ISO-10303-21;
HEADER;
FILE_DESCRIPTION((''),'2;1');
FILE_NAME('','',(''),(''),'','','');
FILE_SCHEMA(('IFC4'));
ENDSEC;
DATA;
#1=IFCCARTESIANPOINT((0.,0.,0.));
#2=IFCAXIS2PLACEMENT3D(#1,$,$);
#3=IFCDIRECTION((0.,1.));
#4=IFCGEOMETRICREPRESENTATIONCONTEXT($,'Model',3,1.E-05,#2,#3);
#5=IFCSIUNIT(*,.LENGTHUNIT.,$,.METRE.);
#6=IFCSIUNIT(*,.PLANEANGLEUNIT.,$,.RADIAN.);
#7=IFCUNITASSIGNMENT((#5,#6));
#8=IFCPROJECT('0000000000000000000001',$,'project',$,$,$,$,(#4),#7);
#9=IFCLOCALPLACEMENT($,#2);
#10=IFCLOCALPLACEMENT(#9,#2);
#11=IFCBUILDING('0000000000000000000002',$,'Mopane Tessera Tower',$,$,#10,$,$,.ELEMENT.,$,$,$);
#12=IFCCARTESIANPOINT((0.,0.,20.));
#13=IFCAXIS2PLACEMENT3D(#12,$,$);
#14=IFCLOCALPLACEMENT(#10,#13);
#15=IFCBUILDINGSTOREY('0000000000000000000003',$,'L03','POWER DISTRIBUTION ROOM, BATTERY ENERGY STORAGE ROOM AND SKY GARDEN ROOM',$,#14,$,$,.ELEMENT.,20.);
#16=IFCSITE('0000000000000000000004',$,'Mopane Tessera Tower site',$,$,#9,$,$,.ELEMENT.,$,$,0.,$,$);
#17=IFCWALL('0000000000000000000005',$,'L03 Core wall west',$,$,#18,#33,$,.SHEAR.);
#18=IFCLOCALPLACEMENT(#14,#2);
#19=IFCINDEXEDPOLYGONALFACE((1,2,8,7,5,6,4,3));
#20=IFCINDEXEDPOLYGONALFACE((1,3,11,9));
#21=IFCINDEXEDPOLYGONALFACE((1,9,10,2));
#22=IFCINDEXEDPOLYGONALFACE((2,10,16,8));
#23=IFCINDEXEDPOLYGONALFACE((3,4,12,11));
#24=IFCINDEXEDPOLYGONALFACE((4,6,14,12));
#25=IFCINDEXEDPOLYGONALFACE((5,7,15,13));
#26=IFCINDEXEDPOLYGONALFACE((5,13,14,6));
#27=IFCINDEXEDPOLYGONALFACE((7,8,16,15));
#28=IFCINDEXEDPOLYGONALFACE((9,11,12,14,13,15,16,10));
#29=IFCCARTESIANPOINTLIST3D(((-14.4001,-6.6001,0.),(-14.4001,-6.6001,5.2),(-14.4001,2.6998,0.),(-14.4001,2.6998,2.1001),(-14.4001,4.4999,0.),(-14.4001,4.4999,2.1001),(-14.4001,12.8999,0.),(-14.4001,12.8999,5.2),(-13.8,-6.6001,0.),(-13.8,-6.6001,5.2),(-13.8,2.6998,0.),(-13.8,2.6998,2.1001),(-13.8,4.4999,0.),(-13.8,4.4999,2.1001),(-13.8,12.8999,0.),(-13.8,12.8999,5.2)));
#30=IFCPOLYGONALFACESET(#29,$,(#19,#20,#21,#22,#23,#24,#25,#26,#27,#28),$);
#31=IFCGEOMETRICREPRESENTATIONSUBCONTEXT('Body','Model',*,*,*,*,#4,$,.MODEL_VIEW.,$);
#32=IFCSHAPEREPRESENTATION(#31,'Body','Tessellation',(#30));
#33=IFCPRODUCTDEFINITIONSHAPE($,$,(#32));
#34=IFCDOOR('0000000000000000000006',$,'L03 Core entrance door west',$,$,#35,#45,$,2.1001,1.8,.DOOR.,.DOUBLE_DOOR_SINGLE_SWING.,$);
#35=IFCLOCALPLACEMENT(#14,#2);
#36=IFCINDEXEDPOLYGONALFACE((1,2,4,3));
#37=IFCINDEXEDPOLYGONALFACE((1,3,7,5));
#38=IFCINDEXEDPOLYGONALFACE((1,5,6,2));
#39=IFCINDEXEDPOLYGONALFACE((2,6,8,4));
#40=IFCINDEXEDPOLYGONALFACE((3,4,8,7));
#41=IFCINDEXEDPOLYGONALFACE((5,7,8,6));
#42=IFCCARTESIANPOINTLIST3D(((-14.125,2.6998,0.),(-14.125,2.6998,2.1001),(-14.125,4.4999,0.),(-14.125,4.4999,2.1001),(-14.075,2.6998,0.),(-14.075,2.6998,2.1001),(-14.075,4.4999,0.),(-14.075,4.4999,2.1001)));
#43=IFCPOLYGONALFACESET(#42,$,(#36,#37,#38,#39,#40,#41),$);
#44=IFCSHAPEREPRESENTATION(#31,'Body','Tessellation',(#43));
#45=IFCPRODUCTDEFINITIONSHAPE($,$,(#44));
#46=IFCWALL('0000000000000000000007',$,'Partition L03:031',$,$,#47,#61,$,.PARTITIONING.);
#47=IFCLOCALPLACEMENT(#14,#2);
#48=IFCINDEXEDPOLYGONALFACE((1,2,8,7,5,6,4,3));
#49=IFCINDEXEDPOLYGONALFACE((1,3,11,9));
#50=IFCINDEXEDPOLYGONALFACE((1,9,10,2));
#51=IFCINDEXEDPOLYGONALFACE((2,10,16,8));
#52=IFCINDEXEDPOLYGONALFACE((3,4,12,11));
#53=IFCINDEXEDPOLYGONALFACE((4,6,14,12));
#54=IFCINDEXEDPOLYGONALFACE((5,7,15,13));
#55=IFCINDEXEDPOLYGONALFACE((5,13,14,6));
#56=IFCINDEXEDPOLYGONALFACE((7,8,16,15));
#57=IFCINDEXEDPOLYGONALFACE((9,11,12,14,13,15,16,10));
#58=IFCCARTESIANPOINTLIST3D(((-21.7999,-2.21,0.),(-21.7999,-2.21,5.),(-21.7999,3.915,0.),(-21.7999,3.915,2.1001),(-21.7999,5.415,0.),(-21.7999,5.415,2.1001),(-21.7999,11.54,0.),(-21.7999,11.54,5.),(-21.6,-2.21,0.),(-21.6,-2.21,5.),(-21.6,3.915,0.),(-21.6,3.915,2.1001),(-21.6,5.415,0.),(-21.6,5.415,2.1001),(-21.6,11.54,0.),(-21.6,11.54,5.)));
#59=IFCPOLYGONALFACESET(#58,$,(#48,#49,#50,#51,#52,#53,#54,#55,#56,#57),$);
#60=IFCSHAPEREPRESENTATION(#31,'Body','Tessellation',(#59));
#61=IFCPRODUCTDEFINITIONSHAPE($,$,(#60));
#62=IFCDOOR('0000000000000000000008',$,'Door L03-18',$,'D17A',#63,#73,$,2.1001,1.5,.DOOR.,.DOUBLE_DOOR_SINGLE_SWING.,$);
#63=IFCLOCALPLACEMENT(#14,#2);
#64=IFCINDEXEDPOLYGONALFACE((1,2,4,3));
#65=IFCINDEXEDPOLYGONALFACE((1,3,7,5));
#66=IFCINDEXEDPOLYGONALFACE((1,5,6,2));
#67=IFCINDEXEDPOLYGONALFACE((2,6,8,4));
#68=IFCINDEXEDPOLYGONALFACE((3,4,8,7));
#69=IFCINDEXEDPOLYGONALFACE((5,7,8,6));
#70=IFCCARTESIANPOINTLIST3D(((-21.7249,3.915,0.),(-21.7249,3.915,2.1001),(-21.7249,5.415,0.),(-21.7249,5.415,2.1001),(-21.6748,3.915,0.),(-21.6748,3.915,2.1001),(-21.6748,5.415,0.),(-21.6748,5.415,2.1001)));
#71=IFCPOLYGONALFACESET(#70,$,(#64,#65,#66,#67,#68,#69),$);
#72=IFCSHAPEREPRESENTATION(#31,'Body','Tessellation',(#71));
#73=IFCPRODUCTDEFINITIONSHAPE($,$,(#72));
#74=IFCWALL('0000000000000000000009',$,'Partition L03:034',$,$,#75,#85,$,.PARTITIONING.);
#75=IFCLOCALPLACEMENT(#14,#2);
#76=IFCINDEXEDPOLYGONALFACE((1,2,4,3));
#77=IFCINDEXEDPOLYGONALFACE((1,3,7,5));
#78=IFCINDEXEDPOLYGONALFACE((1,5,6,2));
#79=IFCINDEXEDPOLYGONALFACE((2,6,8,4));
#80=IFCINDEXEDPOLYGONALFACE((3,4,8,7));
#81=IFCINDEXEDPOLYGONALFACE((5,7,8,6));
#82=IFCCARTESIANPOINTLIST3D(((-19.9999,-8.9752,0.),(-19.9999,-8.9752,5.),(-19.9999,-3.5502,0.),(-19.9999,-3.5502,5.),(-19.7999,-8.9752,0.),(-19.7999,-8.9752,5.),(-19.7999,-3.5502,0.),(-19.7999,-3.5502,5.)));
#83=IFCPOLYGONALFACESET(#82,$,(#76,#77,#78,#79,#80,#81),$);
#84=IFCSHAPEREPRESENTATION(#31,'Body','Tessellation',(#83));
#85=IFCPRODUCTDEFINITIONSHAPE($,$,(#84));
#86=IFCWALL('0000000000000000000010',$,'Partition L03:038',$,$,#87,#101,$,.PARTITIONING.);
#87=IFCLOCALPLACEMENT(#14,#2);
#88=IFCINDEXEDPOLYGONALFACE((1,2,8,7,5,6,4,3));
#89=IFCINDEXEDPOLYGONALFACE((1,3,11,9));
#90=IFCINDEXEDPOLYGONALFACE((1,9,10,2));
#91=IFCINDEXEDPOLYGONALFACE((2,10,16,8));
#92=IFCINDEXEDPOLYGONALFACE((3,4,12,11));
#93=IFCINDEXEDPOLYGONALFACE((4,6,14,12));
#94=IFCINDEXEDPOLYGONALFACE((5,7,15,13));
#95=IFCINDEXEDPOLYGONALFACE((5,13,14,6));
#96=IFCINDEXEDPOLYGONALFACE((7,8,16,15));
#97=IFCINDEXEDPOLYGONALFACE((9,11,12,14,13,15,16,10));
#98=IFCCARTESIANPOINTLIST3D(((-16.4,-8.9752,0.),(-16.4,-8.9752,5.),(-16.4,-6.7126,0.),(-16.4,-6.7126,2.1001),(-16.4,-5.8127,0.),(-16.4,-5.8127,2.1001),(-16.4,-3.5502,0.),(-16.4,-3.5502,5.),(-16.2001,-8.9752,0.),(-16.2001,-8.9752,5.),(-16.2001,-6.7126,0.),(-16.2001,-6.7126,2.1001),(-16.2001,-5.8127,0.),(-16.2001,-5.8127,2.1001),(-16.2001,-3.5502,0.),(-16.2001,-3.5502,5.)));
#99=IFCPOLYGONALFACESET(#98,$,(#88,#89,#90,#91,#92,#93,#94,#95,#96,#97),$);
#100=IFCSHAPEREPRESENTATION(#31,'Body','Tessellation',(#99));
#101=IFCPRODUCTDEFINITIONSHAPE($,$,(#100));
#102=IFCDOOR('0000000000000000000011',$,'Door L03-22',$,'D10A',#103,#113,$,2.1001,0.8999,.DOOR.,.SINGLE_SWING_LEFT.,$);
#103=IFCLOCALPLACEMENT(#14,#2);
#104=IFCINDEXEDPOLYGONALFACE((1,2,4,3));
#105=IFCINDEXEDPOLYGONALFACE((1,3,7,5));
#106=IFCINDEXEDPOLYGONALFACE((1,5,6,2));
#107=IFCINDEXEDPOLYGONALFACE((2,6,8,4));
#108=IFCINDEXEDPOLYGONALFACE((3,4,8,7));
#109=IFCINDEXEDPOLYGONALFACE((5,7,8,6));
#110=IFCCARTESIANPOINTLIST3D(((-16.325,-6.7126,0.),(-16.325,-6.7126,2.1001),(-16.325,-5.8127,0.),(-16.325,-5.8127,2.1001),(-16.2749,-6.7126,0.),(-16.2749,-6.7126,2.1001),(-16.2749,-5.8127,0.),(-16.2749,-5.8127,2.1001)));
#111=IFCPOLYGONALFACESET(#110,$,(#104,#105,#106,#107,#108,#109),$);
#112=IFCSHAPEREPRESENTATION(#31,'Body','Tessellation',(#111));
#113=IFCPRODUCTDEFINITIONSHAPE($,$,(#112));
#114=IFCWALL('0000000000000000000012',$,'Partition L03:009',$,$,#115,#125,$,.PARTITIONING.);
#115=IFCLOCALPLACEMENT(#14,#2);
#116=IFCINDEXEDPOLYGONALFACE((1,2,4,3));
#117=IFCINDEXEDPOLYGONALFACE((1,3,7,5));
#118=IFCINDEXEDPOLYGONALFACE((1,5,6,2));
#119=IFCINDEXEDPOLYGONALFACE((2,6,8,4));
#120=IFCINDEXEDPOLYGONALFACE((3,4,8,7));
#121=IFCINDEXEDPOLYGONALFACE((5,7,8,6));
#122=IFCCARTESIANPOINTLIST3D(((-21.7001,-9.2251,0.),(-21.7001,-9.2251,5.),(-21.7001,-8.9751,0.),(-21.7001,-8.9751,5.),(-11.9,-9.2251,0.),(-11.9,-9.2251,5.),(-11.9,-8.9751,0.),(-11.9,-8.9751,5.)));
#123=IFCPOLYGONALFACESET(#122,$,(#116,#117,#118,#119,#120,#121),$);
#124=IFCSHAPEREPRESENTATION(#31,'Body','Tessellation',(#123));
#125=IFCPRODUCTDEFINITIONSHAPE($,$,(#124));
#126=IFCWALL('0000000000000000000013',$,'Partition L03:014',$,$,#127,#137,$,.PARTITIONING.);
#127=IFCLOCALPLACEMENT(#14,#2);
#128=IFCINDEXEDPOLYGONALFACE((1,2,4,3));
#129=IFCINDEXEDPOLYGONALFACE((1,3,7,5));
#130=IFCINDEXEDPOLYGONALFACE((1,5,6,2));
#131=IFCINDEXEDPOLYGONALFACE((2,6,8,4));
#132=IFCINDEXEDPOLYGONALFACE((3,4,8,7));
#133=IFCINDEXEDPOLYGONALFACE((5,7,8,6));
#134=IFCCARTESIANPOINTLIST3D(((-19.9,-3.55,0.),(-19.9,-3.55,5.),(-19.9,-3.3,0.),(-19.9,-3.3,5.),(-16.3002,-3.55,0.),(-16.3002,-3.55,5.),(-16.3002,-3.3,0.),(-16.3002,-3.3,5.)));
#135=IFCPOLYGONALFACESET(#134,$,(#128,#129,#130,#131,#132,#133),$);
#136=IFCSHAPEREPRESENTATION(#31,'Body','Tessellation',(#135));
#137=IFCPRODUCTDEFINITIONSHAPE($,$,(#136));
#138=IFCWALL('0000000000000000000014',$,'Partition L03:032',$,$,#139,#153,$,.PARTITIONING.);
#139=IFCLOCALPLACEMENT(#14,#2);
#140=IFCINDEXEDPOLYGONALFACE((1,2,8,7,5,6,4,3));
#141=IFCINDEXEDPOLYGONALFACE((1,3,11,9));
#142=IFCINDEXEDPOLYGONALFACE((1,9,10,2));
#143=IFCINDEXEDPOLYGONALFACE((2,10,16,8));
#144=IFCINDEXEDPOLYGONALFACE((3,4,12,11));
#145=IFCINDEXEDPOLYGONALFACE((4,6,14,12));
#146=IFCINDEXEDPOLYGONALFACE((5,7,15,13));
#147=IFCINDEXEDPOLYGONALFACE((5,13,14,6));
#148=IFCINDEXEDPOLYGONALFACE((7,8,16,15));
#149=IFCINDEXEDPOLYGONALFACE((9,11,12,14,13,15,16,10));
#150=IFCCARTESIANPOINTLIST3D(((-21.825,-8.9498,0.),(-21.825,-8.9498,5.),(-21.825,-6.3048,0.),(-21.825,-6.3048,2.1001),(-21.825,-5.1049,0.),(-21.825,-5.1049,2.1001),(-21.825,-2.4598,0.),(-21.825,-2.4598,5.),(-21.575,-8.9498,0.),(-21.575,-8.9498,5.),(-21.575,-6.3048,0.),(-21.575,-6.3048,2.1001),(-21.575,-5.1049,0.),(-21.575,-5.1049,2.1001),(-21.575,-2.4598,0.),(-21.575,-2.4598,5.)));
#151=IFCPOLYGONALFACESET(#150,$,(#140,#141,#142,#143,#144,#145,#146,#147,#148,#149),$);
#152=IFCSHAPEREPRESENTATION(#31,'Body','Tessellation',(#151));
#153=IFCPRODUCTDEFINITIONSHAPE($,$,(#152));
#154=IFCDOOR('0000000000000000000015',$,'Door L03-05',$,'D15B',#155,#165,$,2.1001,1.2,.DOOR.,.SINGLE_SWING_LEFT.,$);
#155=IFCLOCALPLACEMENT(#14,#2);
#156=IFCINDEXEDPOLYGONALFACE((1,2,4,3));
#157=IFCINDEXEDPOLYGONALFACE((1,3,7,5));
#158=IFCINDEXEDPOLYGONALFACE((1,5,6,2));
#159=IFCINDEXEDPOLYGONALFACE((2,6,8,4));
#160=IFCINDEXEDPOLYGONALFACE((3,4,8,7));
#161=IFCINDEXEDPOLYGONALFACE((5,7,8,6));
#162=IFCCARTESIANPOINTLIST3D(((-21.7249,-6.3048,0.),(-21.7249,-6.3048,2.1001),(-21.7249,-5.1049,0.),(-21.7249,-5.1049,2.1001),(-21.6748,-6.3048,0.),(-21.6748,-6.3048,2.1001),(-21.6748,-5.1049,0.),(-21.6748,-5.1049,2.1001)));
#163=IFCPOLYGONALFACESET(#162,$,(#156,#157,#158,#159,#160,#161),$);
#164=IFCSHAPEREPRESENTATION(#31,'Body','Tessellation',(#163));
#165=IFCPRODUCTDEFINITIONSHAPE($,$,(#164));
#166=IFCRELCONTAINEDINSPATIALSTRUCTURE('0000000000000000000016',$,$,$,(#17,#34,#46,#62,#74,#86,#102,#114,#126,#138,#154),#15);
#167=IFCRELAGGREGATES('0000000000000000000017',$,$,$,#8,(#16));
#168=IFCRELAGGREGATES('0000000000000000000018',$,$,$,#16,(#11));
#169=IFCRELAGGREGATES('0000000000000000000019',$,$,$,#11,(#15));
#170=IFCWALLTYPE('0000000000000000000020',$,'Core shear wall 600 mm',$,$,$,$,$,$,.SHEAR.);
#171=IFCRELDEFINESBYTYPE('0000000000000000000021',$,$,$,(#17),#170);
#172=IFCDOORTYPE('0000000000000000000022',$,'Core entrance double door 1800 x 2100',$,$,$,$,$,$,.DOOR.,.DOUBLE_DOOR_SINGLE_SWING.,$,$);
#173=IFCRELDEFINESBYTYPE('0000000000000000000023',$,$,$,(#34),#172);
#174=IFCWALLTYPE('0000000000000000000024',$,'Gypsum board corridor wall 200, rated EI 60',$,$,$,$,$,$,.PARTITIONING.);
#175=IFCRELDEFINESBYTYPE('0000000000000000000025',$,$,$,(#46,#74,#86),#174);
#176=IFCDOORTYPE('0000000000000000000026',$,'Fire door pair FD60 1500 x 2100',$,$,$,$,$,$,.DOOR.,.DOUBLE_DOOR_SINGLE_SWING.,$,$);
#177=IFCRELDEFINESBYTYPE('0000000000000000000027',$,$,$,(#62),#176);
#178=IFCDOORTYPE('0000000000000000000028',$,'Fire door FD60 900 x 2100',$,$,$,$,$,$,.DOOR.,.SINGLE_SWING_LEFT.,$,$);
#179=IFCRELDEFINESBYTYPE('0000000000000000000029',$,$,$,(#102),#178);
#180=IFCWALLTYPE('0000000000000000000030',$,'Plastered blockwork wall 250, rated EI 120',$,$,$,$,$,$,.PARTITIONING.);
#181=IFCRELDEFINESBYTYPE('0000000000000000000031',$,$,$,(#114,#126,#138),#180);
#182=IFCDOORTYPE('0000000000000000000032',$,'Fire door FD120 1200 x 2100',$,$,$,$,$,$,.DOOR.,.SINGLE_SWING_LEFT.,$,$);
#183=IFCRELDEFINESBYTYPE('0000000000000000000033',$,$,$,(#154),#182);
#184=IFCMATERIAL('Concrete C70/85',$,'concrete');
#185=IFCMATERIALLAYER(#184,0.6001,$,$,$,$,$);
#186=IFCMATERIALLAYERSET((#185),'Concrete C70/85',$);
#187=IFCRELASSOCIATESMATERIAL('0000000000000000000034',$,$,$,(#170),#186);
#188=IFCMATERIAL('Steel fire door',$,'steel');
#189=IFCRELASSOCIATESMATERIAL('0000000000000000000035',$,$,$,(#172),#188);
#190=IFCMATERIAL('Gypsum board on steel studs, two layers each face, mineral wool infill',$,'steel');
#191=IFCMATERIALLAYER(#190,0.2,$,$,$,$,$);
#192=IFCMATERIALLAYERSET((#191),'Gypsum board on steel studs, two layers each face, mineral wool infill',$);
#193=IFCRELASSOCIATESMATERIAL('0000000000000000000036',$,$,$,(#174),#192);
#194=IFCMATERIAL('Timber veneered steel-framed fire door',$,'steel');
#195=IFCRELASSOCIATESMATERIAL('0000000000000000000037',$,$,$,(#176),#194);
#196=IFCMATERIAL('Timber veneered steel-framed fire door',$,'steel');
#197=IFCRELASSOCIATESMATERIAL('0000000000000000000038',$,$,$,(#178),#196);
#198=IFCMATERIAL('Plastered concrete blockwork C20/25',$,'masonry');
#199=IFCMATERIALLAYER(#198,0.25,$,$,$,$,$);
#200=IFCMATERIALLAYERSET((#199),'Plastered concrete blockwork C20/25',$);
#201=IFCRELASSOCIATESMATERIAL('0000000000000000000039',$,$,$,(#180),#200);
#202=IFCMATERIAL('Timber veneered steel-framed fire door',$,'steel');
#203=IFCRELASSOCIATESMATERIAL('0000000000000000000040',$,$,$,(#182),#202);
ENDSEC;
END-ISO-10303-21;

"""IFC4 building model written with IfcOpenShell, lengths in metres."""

from ifc_helpers import new_model, si_unit, direction, frame, frame_2d, origin, place, context, subcontext, project, spatial, rectangle, extrude, material, layer, layer_set, type_object, element, fill, save


model = new_model("IFC4")

# Units and contexts
model_context = context("Model", 3, precision=1e-05, world=origin(), true_north=direction((0.0, 1.0)))
body_context = subcontext(model_context, "Body", "Model", "MODEL_VIEW")
ifc_project = project(units=[si_unit("LENGTHUNIT", "METRE"), si_unit("PLANEANGLEUNIT", "RADIAN")], contexts=[model_context])

# Site, building, storey
site_placement = place(None, origin())
site = spatial("IfcSite", under=ifc_project, at=site_placement, Name="Mopane Tessera Tower site", CompositionType="ELEMENT", RefElevation=0.0)
building_placement = place(site_placement, origin())
building = spatial("IfcBuilding", under=site, at=building_placement, Name="Mopane Tessera Tower", CompositionType="ELEMENT")
storey_placement = place(building_placement, frame((0.0, 0.0, 20.0)))
storey = spatial("IfcBuildingStorey", under=building, at=storey_placement, Name="L03", Description="POWER DISTRIBUTION ROOM, BATTERY ENERGY STORAGE ROOM AND SKY GARDEN ROOM", CompositionType="ELEMENT", Elevation=20.0)

# Shared definitions
ifc_material_1 = material(Name="Concrete C70/85", Category="concrete")
ifc_layer_1 = layer(ifc_material_1, 0.6001)
ifc_layer_set_1 = layer_set([ifc_layer_1], Name="Concrete C70/85")
wall_type_1 = type_object("IfcWallType", Name="Core shear wall 600 mm", PredefinedType="SHEAR", material=ifc_layer_set_1)
ifc_material_2 = material(Name="Steel fire door", Category="steel")
door_type_1 = type_object("IfcDoorType", Name="Core entrance double door 1800 x 2100", OperationType="DOUBLE_DOOR_SINGLE_SWING", PredefinedType="DOOR", material=ifc_material_2)

# Walls, openings, doors
wall_1_placement = place(storey_placement, frame((-14.1001, -6.6001, 0.0), z_axis=(0.0, 0.0, 1.0), x_axis=(0.0, 1.0, 0.0)))
wall_1 = element("IfcWall", 1, at=wall_1_placement, inside=storey, type_object=wall_type_1, Name="L03 Core wall west", PredefinedType="SHEAR", context=body_context, shape_type="SweptSolid", body=[
    extrude(rectangle(XDim=19.5, YDim=0.6001, at=frame_2d((9.75, 0.0))), origin(), (0.0, 0.0, 1.0), 5.2),
])
opening_1_placement = place(wall_1_placement, frame((9.3, 0.0, 0.0)))
opening_1 = element("IfcOpeningElement", 2, at=opening_1_placement, cuts=wall_1, PredefinedType="OPENING", context=body_context, shape_type="SweptSolid", body=[
    extrude(rectangle(XDim=1.8, YDim=2.1001, at=frame_2d((0.8999, 1.05))), frame((0.0, 0.312, 0.0), z_axis=(0.0, -1.0, 0.0), x_axis=(1.0, 0.0, 0.0)), (0.0, 0.0, 1.0), 0.624),
])
door_1_placement = place(opening_1_placement, origin())
door_1 = element("IfcDoor", 3, at=door_1_placement, inside=storey, type_object=door_type_1, Name="L03 Core entrance door west", OperationType="DOUBLE_DOOR_SINGLE_SWING", OverallHeight=2.1001, OverallWidth=1.8, PredefinedType="DOOR", context=body_context, shape_type="SweptSolid", body=[
    extrude(rectangle(XDim=1.8, YDim=2.1001, at=frame_2d((0.8999, 1.05))), frame((0.0, 0.0249, 0.0), z_axis=(0.0, -1.0, 0.0), x_axis=(1.0, 0.0, 0.0)), (0.0, 0.0, 1.0), 0.05),
])
fill(opening_1, door_1)
ifc_material_3 = material(Name="Gypsum board on steel studs, two layers each face, mineral wool infill", Category="steel")
ifc_layer_2 = layer(ifc_material_3, 0.2)
ifc_layer_set_2 = layer_set([ifc_layer_2], Name="Gypsum board on steel studs, two layers each face, mineral wool infill")
wall_type_2 = type_object("IfcWallType", Name="Gypsum board corridor wall 200, rated EI 60", PredefinedType="PARTITIONING", material=ifc_layer_set_2)
wall_2_placement = place(storey_placement, frame((-21.7, -2.21, 0.0), z_axis=(0.0, 0.0, 1.0), x_axis=(0.0, 1.0, 0.0)))
wall_2 = element("IfcWall", 4, at=wall_2_placement, inside=storey, type_object=wall_type_2, Name="Partition L03:031", PredefinedType="PARTITIONING", context=body_context, shape_type="SweptSolid", body=[
    extrude(rectangle(XDim=13.75, YDim=0.2, at=frame_2d((6.875, 0.0))), origin(), (0.0, 0.0, 1.0), 5.0),
])
opening_2_placement = place(wall_2_placement, frame((6.125, 0.0, 0.0)))
opening_2 = element("IfcOpeningElement", 5, at=opening_2_placement, cuts=wall_2, PredefinedType="OPENING", context=body_context, shape_type="SweptSolid", body=[
    extrude(rectangle(XDim=1.5, YDim=2.1001, at=frame_2d((0.75, 1.05))), frame((0.0, 0.1121, 0.0), z_axis=(0.0, -1.0, 0.0), x_axis=(1.0, 0.0, 0.0)), (0.0, 0.0, 1.0), 0.2239),
])
ifc_material_4 = material(Name="Timber veneered steel-framed fire door", Category="steel")
door_type_2 = type_object("IfcDoorType", Name="Fire door pair FD60 1500 x 2100", OperationType="DOUBLE_DOOR_SINGLE_SWING", PredefinedType="DOOR", material=ifc_material_4)
door_2_placement = place(opening_2_placement, origin())
door_2 = element("IfcDoor", 6, at=door_2_placement, inside=storey, type_object=door_type_2, Name="Door L03-18", ObjectType="D17A", OperationType="DOUBLE_DOOR_SINGLE_SWING", OverallHeight=2.1001, OverallWidth=1.5, PredefinedType="DOOR", context=body_context, shape_type="SweptSolid", body=[
    extrude(rectangle(XDim=1.5, YDim=2.1001, at=frame_2d((0.75, 1.05))), frame((0.0, 0.0249, 0.0), z_axis=(0.0, -1.0, 0.0), x_axis=(1.0, 0.0, 0.0)), (0.0, 0.0, 1.0), 0.05),
])
fill(opening_2, door_2)

# Wall
wall_3_placement = place(storey_placement, frame((-19.8999, -8.9751, 0.0), z_axis=(0.0, 0.0, 1.0), x_axis=(0.0, 1.0, 0.0)))
element("IfcWall", 7, at=wall_3_placement, inside=storey, type_object=wall_type_2, Name="Partition L03:034", PredefinedType="PARTITIONING", context=body_context, shape_type="SweptSolid", body=[
    extrude(rectangle(XDim=5.425, YDim=0.2, at=frame_2d((2.7124, 0.0))), origin(), (0.0, 0.0, 1.0), 5.0),
])

# Wall, opening, door
wall_4_placement = place(storey_placement, frame((-16.3, -8.9751, 0.0), z_axis=(0.0, 0.0, 1.0), x_axis=(0.0, 1.0, 0.0)))
wall_4 = element("IfcWall", 8, at=wall_4_placement, inside=storey, type_object=wall_type_2, Name="Partition L03:038", PredefinedType="PARTITIONING", context=body_context, shape_type="SweptSolid", body=[
    extrude(rectangle(XDim=5.425, YDim=0.2, at=frame_2d((2.7124, 0.0))), origin(), (0.0, 0.0, 1.0), 5.0),
])
opening_3_placement = place(wall_4_placement, frame((2.2625, 0.0, 0.0)))
opening_3 = element("IfcOpeningElement", 9, at=opening_3_placement, cuts=wall_4, PredefinedType="OPENING", context=body_context, shape_type="SweptSolid", body=[
    extrude(rectangle(XDim=0.8999, YDim=2.1001, at=frame_2d((0.45, 1.05))), frame((0.0, 0.1121, 0.0), z_axis=(0.0, -1.0, 0.0), x_axis=(1.0, 0.0, 0.0)), (0.0, 0.0, 1.0), 0.2239),
])
ifc_material_5 = material(Name="Timber veneered steel-framed fire door", Category="steel")
door_type_3 = type_object("IfcDoorType", Name="Fire door FD60 900 x 2100", OperationType="SINGLE_SWING_LEFT", PredefinedType="DOOR", material=ifc_material_5)
door_3_placement = place(opening_3_placement, origin())
door_3 = element("IfcDoor", 10, at=door_3_placement, inside=storey, type_object=door_type_3, Name="Door L03-22", ObjectType="D10A", OperationType="SINGLE_SWING_LEFT", OverallHeight=2.1001, OverallWidth=0.8999, PredefinedType="DOOR", context=body_context, shape_type="SweptSolid", body=[
    extrude(rectangle(XDim=0.8999, YDim=2.1001, at=frame_2d((0.45, 1.05))), frame((0.0, 0.0249, 0.0), z_axis=(0.0, -1.0, 0.0), x_axis=(1.0, 0.0, 0.0)), (0.0, 0.0, 1.0), 0.05),
])
fill(opening_3, door_3)

# Walls
ifc_material_6 = material(Name="Plastered concrete blockwork C20/25", Category="masonry")
ifc_layer_3 = layer(ifc_material_6, 0.25)
ifc_layer_set_3 = layer_set([ifc_layer_3], Name="Plastered concrete blockwork C20/25")
wall_type_3 = type_object("IfcWallType", Name="Plastered blockwork wall 250, rated EI 120", PredefinedType="PARTITIONING", material=ifc_layer_set_3)
wall_5_placement = place(storey_placement, frame((-21.7, -9.1001, 0.0), z_axis=(0.0, 0.0, 1.0), x_axis=(1.0, 0.0, 0.0)))
element("IfcWall", 11, at=wall_5_placement, inside=storey, type_object=wall_type_3, Name="Partition L03:009", PredefinedType="PARTITIONING", context=body_context, shape_type="SweptSolid", body=[
    extrude(rectangle(XDim=9.8, YDim=0.25, at=frame_2d((4.8999, 0.0))), origin(), (0.0, 0.0, 1.0), 5.0),
])
wall_6_placement = place(storey_placement, frame((-19.8999, -3.425, 0.0), z_axis=(0.0, 0.0, 1.0), x_axis=(1.0, 0.0, 0.0)))
element("IfcWall", 12, at=wall_6_placement, inside=storey, type_object=wall_type_3, Name="Partition L03:014", PredefinedType="PARTITIONING", context=body_context, shape_type="SweptSolid", body=[
    extrude(rectangle(XDim=3.5999, YDim=0.25, at=frame_2d((1.7998, 0.0))), origin(), (0.0, 0.0, 1.0), 5.0),
])

# Wall, opening, door
wall_7_placement = place(storey_placement, frame((-21.7, -8.95, 0.0), z_axis=(0.0, 0.0, 1.0), x_axis=(0.0, 1.0, 0.0)))
wall_7 = element("IfcWall", 13, at=wall_7_placement, inside=storey, type_object=wall_type_3, Name="Partition L03:032", PredefinedType="PARTITIONING", context=body_context, shape_type="SweptSolid", body=[
    extrude(rectangle(XDim=6.49, YDim=0.25, at=frame_2d((3.2451, 0.0))), origin(), (0.0, 0.0, 1.0), 5.0),
])
opening_4_placement = place(wall_7_placement, frame((2.645, 0.0, 0.0)))
opening_4 = element("IfcOpeningElement", 14, at=opening_4_placement, cuts=wall_7, PredefinedType="OPENING", context=body_context, shape_type="SweptSolid", body=[
    extrude(rectangle(XDim=1.2, YDim=2.1001, at=frame_2d((0.6001, 1.05))), frame((0.0, 0.137, 0.0), z_axis=(0.0, -1.0, 0.0), x_axis=(1.0, 0.0, 0.0)), (0.0, 0.0, 1.0), 0.2739),
])
ifc_material_7 = material(Name="Timber veneered steel-framed fire door", Category="steel")
door_type_4 = type_object("IfcDoorType", Name="Fire door FD120 1200 x 2100", OperationType="SINGLE_SWING_LEFT", PredefinedType="DOOR", material=ifc_material_7)
door_4_placement = place(opening_4_placement, origin())
door_4 = element("IfcDoor", 15, at=door_4_placement, inside=storey, type_object=door_type_4, Name="Door L03-05", ObjectType="D15B", OperationType="SINGLE_SWING_LEFT", OverallHeight=2.1001, OverallWidth=1.2, PredefinedType="DOOR", context=body_context, shape_type="SweptSolid", body=[
    extrude(rectangle(XDim=1.2, YDim=2.1001, at=frame_2d((0.6001, 1.05))), frame((0.0, 0.0249, 0.0), z_axis=(0.0, -1.0, 0.0), x_axis=(1.0, 0.0, 0.0)), (0.0, 0.0, 1.0), 0.05),
])
fill(opening_4, door_4)

save(model, "model.ifc")
